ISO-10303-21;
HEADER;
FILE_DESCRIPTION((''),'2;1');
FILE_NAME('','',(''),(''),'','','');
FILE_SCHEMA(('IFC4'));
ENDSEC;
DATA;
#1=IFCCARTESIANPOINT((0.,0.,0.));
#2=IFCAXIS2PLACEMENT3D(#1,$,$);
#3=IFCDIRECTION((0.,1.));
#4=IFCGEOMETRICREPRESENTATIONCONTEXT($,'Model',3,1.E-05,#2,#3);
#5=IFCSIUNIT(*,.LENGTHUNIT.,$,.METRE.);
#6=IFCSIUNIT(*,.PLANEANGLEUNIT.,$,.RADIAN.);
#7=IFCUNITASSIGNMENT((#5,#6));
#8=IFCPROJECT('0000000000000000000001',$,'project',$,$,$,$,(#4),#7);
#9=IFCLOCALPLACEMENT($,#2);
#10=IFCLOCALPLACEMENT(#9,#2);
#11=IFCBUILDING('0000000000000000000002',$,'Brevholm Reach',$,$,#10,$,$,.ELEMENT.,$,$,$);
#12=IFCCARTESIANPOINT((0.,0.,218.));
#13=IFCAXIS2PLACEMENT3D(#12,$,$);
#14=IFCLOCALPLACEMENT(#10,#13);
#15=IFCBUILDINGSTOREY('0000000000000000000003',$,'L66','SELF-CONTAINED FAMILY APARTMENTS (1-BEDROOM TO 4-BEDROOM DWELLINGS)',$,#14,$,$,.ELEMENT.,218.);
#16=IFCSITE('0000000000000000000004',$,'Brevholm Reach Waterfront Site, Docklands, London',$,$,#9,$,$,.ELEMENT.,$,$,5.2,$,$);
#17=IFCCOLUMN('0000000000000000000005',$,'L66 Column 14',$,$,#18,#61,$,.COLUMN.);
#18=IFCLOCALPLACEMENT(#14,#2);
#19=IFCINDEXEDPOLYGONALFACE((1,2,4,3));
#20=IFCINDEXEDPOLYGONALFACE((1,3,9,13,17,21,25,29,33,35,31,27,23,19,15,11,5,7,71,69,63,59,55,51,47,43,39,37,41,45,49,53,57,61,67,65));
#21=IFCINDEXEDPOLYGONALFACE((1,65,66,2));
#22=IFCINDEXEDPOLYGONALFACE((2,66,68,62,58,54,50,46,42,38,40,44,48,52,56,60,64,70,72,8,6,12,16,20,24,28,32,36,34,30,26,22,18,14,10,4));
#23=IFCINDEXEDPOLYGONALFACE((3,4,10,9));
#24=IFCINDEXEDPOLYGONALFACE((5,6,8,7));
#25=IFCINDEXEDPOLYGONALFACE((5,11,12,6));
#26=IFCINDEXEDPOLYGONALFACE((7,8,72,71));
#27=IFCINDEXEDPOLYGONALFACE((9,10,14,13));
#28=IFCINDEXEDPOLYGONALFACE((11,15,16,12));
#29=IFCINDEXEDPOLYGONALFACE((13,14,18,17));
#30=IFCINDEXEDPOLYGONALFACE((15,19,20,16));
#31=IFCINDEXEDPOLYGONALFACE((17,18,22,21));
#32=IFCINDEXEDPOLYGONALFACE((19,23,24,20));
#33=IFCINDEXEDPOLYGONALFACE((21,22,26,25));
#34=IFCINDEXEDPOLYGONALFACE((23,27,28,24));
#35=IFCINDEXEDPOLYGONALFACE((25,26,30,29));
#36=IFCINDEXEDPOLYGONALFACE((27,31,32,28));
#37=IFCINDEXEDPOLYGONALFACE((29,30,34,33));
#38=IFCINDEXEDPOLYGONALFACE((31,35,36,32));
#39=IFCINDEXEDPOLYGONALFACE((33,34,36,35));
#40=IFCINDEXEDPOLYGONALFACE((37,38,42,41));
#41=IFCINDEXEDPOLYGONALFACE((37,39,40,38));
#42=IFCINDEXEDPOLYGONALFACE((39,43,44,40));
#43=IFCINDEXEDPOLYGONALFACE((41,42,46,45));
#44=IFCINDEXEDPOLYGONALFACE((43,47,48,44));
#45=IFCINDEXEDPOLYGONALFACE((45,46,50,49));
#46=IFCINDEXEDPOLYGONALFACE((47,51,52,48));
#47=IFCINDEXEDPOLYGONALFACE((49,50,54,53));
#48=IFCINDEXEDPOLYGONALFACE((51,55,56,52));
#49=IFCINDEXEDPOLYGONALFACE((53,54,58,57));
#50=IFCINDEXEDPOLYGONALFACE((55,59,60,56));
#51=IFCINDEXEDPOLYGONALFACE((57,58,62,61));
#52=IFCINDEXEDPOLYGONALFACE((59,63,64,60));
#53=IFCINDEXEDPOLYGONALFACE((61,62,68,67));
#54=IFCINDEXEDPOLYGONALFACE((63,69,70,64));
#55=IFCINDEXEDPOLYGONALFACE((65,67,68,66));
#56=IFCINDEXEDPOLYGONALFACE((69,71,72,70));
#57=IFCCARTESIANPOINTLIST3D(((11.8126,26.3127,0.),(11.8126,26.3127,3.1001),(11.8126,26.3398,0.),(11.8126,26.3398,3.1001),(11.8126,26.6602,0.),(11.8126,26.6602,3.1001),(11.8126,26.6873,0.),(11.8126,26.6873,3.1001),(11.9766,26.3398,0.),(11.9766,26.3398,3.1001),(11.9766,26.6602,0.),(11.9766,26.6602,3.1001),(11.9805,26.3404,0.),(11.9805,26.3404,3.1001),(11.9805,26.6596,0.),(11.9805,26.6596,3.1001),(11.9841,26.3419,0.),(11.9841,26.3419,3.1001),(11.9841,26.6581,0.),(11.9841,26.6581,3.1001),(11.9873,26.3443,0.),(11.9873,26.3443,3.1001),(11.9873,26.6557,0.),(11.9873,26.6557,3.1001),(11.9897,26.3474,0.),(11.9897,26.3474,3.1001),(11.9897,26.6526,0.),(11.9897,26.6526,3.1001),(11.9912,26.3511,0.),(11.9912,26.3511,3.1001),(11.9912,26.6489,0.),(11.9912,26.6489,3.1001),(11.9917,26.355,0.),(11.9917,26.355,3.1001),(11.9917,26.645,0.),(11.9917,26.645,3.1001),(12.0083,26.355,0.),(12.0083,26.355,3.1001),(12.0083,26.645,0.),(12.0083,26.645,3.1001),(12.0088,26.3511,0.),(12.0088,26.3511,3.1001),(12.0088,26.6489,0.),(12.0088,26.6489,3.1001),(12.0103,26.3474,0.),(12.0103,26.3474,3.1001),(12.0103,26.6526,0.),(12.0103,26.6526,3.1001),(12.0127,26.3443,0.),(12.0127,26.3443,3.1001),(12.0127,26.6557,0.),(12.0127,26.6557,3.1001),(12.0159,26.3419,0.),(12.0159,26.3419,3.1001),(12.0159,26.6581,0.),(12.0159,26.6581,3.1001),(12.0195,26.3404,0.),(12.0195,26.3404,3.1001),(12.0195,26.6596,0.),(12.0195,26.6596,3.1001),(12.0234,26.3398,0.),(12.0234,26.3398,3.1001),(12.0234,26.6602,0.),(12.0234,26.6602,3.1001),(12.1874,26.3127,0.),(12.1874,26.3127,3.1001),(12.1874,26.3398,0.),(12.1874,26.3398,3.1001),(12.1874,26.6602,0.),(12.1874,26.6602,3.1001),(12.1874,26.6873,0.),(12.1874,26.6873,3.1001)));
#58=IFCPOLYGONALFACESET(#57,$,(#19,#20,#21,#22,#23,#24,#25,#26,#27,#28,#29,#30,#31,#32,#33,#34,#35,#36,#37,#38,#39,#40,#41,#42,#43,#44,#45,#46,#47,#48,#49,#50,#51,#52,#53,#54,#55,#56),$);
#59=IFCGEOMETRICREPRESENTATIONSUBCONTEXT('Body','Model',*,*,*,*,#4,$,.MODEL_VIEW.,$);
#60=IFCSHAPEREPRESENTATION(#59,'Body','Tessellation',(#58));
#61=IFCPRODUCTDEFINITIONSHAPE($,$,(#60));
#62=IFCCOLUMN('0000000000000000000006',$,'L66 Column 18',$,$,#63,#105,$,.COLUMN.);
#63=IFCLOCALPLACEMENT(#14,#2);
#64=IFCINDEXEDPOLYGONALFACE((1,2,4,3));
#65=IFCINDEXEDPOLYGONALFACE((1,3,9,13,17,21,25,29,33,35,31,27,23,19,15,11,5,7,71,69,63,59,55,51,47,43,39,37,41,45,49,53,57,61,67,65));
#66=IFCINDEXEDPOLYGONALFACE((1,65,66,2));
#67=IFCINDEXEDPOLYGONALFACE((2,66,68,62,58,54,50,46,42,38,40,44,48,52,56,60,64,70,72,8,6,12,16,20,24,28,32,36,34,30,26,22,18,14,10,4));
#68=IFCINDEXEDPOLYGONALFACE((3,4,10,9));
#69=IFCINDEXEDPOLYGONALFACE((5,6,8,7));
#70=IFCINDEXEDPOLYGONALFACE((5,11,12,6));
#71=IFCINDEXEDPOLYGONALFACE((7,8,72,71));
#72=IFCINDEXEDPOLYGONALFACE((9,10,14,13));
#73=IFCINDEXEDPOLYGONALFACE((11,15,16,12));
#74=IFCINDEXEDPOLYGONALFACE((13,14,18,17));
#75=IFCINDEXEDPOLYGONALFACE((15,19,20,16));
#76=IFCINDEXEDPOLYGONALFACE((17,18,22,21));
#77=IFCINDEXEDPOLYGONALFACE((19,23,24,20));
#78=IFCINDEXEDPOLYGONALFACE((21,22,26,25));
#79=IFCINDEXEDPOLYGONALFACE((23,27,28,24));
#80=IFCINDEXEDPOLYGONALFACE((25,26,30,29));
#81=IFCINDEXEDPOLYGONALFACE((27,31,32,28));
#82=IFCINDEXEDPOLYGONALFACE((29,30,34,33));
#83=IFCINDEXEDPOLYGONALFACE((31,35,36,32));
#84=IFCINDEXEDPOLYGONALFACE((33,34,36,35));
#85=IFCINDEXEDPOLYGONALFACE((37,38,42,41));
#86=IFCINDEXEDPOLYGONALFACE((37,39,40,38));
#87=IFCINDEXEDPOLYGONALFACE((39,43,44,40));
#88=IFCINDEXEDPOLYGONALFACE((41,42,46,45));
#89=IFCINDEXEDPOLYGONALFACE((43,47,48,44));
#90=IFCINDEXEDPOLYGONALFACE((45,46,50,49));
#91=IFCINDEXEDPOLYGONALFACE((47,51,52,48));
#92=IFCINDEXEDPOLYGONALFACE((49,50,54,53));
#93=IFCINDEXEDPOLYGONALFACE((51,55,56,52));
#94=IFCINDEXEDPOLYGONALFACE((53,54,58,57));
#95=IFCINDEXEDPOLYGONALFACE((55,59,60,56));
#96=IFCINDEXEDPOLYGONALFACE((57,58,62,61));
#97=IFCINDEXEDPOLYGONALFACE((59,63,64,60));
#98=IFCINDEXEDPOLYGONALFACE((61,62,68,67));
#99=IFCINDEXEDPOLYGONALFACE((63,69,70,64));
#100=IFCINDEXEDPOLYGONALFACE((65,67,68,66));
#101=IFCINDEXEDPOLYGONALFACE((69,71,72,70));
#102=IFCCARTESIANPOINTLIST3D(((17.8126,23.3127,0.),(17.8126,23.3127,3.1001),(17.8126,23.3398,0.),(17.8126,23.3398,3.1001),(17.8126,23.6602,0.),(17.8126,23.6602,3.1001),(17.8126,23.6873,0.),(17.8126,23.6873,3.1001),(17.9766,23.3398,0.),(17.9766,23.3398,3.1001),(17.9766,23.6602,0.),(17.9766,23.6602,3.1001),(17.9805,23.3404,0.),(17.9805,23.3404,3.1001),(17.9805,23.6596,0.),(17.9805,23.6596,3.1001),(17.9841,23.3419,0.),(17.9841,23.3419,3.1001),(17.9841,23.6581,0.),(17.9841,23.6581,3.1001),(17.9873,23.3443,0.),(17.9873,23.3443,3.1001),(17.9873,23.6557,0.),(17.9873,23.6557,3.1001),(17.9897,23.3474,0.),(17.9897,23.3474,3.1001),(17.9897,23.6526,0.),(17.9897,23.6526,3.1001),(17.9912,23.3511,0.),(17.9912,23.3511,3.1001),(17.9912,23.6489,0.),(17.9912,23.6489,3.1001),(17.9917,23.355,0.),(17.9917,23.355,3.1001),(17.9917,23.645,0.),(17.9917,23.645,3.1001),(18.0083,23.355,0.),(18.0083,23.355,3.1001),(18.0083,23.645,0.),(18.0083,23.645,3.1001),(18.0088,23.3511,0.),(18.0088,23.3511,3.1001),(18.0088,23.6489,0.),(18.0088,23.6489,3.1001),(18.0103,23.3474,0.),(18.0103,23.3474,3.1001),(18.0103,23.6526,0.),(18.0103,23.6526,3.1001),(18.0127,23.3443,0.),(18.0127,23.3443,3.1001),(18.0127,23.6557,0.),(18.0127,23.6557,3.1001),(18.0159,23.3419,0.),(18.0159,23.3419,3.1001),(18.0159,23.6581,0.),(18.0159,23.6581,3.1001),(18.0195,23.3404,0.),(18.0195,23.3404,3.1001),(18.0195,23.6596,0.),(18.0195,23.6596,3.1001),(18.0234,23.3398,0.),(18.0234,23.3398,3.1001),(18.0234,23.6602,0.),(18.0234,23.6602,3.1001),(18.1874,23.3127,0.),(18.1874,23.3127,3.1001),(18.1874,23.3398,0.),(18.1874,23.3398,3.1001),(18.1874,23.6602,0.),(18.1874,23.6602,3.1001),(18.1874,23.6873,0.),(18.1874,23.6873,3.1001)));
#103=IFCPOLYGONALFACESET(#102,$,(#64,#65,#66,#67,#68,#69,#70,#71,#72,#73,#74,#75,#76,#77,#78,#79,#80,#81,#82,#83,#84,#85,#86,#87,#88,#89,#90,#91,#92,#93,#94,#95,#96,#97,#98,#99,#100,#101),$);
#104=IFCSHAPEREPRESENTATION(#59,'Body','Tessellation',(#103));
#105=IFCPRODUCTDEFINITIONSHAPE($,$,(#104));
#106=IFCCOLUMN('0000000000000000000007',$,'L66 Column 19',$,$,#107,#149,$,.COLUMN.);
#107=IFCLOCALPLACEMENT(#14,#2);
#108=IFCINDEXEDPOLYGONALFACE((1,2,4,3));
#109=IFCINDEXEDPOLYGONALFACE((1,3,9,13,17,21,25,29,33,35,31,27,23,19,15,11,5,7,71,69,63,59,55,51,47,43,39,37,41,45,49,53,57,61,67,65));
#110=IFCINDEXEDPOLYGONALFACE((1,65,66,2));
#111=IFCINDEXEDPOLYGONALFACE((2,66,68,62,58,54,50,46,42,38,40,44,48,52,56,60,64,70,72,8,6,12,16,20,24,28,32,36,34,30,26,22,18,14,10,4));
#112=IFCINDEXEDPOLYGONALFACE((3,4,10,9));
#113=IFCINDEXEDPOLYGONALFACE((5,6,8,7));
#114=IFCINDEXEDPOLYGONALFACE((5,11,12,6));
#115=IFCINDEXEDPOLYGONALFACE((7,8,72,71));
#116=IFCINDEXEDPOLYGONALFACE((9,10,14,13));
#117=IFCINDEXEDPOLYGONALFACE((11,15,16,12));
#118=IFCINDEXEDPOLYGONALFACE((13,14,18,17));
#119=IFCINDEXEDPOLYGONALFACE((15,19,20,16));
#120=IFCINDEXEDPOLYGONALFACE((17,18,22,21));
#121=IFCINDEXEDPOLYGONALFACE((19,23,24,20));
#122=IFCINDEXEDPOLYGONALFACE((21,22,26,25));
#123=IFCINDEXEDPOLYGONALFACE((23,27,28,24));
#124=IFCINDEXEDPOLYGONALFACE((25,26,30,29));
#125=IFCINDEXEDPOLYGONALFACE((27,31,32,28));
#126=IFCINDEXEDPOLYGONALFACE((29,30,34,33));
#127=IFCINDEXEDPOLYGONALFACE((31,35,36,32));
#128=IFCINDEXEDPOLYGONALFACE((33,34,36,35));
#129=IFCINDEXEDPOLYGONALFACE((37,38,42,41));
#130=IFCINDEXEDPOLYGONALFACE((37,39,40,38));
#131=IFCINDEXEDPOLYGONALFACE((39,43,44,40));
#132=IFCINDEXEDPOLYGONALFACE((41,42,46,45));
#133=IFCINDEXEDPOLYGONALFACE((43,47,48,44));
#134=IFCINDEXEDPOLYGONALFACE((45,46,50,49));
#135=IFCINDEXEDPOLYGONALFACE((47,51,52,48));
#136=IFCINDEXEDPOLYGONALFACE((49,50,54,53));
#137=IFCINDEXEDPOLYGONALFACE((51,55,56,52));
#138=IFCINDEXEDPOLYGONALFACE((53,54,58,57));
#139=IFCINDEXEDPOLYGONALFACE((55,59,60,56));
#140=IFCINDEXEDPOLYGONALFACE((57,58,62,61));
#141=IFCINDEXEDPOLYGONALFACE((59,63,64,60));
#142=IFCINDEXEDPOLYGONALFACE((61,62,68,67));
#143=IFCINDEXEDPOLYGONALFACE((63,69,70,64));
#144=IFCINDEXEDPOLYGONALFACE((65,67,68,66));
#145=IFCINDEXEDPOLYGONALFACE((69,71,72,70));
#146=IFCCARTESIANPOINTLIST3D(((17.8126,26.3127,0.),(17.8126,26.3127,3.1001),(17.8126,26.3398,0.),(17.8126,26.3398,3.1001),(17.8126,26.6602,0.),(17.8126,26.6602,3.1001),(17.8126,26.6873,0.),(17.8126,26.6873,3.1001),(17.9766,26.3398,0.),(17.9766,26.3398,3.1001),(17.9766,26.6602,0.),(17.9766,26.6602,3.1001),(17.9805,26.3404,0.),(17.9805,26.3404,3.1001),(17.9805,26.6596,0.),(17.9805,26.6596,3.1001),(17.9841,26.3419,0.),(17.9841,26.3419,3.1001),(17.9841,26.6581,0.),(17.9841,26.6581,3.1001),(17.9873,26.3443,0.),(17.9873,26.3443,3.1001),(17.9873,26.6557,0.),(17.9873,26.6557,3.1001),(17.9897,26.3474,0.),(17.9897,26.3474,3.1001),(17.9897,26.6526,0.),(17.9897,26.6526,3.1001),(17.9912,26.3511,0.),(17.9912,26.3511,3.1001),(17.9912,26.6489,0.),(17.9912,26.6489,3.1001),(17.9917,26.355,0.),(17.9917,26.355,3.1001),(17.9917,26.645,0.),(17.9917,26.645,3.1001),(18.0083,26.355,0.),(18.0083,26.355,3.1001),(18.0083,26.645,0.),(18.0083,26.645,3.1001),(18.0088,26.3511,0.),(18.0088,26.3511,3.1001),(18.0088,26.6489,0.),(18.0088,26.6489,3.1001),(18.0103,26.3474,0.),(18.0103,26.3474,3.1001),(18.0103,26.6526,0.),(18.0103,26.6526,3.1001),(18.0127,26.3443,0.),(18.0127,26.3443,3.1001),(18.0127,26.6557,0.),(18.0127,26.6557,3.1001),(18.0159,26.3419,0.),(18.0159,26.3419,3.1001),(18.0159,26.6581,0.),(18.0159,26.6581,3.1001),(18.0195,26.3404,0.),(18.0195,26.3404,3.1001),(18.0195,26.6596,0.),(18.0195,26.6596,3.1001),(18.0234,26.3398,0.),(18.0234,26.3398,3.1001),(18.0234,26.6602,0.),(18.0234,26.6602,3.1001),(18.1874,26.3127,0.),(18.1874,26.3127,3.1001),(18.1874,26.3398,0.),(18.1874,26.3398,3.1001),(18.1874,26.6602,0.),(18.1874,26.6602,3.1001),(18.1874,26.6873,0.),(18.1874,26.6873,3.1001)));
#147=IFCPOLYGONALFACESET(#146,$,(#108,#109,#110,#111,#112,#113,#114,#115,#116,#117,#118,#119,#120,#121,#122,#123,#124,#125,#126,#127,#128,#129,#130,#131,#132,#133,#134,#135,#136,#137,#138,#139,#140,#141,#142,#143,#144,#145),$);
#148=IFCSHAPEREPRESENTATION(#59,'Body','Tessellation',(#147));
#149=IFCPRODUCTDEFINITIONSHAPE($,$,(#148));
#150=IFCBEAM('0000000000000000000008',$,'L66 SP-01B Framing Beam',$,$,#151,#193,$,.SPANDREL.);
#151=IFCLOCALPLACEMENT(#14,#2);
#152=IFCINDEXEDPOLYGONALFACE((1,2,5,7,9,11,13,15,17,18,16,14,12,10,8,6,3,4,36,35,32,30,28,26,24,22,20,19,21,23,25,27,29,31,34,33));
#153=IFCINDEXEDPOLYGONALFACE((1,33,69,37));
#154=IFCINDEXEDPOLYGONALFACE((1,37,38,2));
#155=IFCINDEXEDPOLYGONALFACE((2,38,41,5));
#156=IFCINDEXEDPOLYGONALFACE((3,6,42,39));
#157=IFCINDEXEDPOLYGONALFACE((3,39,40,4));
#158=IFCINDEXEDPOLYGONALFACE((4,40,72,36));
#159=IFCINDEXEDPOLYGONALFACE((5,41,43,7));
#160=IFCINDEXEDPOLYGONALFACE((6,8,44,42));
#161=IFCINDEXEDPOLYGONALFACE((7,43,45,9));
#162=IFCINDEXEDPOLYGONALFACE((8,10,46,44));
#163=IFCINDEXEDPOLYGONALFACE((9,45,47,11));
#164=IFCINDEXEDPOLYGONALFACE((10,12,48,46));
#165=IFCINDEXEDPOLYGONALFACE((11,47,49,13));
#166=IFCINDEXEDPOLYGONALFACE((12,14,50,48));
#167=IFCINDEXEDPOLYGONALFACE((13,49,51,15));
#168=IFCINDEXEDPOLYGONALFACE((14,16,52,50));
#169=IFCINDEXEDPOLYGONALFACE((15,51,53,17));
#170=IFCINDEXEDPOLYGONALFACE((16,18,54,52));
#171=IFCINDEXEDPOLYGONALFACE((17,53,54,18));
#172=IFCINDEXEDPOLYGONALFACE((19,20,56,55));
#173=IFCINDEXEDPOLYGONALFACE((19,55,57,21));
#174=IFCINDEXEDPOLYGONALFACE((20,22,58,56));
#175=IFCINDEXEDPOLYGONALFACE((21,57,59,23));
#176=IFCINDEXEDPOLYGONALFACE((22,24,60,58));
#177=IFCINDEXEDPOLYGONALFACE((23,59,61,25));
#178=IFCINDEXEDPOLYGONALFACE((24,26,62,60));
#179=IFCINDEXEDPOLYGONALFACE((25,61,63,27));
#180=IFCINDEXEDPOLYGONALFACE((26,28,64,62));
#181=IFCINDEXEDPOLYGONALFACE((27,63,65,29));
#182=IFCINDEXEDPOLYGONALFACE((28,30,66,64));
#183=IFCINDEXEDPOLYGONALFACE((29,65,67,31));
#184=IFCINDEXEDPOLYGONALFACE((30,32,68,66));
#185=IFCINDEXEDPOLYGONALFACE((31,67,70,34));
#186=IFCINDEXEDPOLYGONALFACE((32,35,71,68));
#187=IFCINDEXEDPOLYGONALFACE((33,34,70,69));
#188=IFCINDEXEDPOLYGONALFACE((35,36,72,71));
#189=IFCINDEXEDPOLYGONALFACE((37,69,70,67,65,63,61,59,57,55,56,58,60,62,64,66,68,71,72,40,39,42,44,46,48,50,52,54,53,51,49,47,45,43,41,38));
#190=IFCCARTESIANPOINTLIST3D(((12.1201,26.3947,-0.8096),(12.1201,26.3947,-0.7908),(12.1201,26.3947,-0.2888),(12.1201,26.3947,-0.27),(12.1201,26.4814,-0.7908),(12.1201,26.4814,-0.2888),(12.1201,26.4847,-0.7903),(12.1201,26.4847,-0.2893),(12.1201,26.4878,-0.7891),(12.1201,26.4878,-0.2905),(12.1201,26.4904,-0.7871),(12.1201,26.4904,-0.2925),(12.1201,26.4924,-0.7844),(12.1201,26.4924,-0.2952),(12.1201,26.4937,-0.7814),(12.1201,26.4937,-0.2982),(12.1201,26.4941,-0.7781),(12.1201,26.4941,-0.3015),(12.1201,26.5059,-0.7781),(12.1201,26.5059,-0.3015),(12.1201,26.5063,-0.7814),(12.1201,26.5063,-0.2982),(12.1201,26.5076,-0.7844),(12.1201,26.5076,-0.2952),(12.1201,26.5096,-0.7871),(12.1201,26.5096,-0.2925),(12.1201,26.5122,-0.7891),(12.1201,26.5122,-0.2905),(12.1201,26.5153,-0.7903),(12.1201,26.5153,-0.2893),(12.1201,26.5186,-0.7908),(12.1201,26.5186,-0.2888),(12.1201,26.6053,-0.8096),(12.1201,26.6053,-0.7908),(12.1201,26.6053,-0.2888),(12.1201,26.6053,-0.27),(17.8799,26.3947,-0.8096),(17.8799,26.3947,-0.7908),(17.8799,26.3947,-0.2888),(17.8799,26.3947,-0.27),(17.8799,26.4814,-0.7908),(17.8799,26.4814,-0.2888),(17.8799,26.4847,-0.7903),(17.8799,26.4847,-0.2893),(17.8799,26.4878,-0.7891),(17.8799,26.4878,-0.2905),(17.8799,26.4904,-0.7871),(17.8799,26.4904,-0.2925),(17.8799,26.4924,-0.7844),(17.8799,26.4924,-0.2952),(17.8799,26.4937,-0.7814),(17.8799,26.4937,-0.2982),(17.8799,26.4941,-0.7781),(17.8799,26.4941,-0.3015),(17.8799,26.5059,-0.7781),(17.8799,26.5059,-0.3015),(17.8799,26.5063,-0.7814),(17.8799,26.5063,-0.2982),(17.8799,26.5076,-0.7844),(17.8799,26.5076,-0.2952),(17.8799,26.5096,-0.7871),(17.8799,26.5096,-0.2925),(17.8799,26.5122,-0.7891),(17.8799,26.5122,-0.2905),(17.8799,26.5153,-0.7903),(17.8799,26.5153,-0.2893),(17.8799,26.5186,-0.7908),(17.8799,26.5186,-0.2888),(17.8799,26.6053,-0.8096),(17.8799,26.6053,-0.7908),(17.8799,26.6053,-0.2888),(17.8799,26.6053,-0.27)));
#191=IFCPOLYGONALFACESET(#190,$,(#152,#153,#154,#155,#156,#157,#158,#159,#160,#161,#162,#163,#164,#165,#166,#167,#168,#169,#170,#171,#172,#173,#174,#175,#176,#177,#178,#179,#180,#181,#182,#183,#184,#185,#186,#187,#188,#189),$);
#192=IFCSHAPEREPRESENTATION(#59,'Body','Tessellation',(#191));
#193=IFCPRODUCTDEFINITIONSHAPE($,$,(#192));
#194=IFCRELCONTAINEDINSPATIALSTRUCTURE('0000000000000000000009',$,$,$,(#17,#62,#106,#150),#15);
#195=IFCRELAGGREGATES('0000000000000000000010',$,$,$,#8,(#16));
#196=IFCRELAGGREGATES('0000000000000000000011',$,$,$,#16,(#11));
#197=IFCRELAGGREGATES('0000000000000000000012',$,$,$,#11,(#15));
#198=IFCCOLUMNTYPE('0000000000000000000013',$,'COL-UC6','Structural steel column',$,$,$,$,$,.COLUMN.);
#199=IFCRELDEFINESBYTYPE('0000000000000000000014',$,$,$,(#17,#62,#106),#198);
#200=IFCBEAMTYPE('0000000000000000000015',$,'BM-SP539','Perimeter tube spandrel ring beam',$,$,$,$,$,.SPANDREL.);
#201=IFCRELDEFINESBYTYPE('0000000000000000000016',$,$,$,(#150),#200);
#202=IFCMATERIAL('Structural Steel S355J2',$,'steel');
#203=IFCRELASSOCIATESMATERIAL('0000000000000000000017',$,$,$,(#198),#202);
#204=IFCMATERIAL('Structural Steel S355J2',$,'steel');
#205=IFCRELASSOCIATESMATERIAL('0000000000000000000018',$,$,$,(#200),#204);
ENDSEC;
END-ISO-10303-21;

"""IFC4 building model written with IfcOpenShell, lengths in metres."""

from ifc_helpers import new_model, si_unit, direction, frame, origin, origin_2d, place, context, subcontext, project, spatial, i_section, extrude, material, material_profile, profile_set, type_object, element, save


model = new_model("IFC4")

# Units and contexts
model_context = context("Model", 3, precision=1e-05, world=origin(), true_north=direction((0.0, 1.0)))
body_context = subcontext(model_context, "Body", "Model", "MODEL_VIEW")
ifc_project = project(units=[si_unit("LENGTHUNIT", "METRE"), si_unit("PLANEANGLEUNIT", "RADIAN")], contexts=[model_context])

# Site, building, storey
site_placement = place(None, origin())
site = spatial("IfcSite", under=ifc_project, at=site_placement, Name="Brevholm Reach Waterfront Site, Docklands, London", CompositionType="ELEMENT", RefElevation=5.2)
building_placement = place(site_placement, origin())
building = spatial("IfcBuilding", under=site, at=building_placement, Name="Brevholm Reach", CompositionType="ELEMENT")
storey_placement = place(building_placement, frame((0.0, 0.0, 218.0)))
storey = spatial("IfcBuildingStorey", under=building, at=storey_placement, Name="L66", Description="SELF-CONTAINED FAMILY APARTMENTS (1-BEDROOM TO 4-BEDROOM DWELLINGS)", CompositionType="ELEMENT", Elevation=218.0)

# Columns
ifc_material_1 = material(Name="Structural Steel S355J2", Category="steel")
ifc_material_profile_1 = material_profile(ifc_material_1, i_section(OverallWidth=0.3748, OverallDepth=0.3745, WebThickness=0.0166, FlangeThickness=0.0271, FilletRadius=0.0151, at=origin_2d()), Name="UKC 356x368x202")
ifc_profile_set_1 = profile_set([ifc_material_profile_1], Name="Structural Steel S355J2")
column_type = type_object("IfcColumnType", Name="COL-UC6", Description="Structural steel column", PredefinedType="COLUMN", material=ifc_profile_set_1)
for number, where, z_axis, x_axis, name in (
    (1, (12.0, 26.5, 0.0), (0.0, 0.0, 1.0), (1.0, 0.0, 0.0), "L66 Column 14"),
    (2, (18.0, 23.5, 0.0), (0.0, 0.0, 1.0), (1.0, 0.0, 0.0), "L66 Column 18"),
    (3, (18.0, 26.5, 0.0), (0.0, 0.0, 1.0), (1.0, 0.0, 0.0), "L66 Column 19"),
):
    element("IfcColumn", number, at=place(storey_placement, frame(where, z_axis=z_axis, x_axis=x_axis)), inside=storey, type_object=column_type, Name=name, PredefinedType="COLUMN", context=body_context, shape_type="SweptSolid", body=[
        extrude(i_section(OverallWidth=0.3748, OverallDepth=0.3745, WebThickness=0.0166, FlangeThickness=0.0271, FilletRadius=0.0151, at=origin_2d()), origin(), (0.0, 0.0, 1.0), 3.1001),
    ])

# Beam
ifc_material_2 = material(Name="Structural Steel S355J2", Category="steel")
ifc_material_profile_2 = material_profile(ifc_material_2, i_section(OverallWidth=0.2107, OverallDepth=0.5396, WebThickness=0.0117, FlangeThickness=0.0188, FilletRadius=0.0127, at=origin_2d()), Name="UKB 533x210x109")
ifc_profile_set_2 = profile_set([ifc_material_profile_2], Name="Structural Steel S355J2")
beam_type_1 = type_object("IfcBeamType", Name="BM-SP539", Description="Perimeter tube spandrel ring beam", PredefinedType="SPANDREL", material=ifc_profile_set_2)
beam_1_placement = place(storey_placement, frame((12.1201, 26.5, -0.5398), z_axis=(1.0, 0.0, 0.0), x_axis=(0.0, 1.0, 0.0)))
element("IfcBeam", 4, at=beam_1_placement, inside=storey, type_object=beam_type_1, Name="L66 SP-01B Framing Beam", PredefinedType="SPANDREL", context=body_context, shape_type="SweptSolid", body=[
    extrude(i_section(OverallWidth=0.2107, OverallDepth=0.5396, WebThickness=0.0117, FlangeThickness=0.0188, FilletRadius=0.0127, at=origin_2d()), origin(), (0.0, 0.0, 1.0), 5.7598),
])

save(model, "model.ifc")
